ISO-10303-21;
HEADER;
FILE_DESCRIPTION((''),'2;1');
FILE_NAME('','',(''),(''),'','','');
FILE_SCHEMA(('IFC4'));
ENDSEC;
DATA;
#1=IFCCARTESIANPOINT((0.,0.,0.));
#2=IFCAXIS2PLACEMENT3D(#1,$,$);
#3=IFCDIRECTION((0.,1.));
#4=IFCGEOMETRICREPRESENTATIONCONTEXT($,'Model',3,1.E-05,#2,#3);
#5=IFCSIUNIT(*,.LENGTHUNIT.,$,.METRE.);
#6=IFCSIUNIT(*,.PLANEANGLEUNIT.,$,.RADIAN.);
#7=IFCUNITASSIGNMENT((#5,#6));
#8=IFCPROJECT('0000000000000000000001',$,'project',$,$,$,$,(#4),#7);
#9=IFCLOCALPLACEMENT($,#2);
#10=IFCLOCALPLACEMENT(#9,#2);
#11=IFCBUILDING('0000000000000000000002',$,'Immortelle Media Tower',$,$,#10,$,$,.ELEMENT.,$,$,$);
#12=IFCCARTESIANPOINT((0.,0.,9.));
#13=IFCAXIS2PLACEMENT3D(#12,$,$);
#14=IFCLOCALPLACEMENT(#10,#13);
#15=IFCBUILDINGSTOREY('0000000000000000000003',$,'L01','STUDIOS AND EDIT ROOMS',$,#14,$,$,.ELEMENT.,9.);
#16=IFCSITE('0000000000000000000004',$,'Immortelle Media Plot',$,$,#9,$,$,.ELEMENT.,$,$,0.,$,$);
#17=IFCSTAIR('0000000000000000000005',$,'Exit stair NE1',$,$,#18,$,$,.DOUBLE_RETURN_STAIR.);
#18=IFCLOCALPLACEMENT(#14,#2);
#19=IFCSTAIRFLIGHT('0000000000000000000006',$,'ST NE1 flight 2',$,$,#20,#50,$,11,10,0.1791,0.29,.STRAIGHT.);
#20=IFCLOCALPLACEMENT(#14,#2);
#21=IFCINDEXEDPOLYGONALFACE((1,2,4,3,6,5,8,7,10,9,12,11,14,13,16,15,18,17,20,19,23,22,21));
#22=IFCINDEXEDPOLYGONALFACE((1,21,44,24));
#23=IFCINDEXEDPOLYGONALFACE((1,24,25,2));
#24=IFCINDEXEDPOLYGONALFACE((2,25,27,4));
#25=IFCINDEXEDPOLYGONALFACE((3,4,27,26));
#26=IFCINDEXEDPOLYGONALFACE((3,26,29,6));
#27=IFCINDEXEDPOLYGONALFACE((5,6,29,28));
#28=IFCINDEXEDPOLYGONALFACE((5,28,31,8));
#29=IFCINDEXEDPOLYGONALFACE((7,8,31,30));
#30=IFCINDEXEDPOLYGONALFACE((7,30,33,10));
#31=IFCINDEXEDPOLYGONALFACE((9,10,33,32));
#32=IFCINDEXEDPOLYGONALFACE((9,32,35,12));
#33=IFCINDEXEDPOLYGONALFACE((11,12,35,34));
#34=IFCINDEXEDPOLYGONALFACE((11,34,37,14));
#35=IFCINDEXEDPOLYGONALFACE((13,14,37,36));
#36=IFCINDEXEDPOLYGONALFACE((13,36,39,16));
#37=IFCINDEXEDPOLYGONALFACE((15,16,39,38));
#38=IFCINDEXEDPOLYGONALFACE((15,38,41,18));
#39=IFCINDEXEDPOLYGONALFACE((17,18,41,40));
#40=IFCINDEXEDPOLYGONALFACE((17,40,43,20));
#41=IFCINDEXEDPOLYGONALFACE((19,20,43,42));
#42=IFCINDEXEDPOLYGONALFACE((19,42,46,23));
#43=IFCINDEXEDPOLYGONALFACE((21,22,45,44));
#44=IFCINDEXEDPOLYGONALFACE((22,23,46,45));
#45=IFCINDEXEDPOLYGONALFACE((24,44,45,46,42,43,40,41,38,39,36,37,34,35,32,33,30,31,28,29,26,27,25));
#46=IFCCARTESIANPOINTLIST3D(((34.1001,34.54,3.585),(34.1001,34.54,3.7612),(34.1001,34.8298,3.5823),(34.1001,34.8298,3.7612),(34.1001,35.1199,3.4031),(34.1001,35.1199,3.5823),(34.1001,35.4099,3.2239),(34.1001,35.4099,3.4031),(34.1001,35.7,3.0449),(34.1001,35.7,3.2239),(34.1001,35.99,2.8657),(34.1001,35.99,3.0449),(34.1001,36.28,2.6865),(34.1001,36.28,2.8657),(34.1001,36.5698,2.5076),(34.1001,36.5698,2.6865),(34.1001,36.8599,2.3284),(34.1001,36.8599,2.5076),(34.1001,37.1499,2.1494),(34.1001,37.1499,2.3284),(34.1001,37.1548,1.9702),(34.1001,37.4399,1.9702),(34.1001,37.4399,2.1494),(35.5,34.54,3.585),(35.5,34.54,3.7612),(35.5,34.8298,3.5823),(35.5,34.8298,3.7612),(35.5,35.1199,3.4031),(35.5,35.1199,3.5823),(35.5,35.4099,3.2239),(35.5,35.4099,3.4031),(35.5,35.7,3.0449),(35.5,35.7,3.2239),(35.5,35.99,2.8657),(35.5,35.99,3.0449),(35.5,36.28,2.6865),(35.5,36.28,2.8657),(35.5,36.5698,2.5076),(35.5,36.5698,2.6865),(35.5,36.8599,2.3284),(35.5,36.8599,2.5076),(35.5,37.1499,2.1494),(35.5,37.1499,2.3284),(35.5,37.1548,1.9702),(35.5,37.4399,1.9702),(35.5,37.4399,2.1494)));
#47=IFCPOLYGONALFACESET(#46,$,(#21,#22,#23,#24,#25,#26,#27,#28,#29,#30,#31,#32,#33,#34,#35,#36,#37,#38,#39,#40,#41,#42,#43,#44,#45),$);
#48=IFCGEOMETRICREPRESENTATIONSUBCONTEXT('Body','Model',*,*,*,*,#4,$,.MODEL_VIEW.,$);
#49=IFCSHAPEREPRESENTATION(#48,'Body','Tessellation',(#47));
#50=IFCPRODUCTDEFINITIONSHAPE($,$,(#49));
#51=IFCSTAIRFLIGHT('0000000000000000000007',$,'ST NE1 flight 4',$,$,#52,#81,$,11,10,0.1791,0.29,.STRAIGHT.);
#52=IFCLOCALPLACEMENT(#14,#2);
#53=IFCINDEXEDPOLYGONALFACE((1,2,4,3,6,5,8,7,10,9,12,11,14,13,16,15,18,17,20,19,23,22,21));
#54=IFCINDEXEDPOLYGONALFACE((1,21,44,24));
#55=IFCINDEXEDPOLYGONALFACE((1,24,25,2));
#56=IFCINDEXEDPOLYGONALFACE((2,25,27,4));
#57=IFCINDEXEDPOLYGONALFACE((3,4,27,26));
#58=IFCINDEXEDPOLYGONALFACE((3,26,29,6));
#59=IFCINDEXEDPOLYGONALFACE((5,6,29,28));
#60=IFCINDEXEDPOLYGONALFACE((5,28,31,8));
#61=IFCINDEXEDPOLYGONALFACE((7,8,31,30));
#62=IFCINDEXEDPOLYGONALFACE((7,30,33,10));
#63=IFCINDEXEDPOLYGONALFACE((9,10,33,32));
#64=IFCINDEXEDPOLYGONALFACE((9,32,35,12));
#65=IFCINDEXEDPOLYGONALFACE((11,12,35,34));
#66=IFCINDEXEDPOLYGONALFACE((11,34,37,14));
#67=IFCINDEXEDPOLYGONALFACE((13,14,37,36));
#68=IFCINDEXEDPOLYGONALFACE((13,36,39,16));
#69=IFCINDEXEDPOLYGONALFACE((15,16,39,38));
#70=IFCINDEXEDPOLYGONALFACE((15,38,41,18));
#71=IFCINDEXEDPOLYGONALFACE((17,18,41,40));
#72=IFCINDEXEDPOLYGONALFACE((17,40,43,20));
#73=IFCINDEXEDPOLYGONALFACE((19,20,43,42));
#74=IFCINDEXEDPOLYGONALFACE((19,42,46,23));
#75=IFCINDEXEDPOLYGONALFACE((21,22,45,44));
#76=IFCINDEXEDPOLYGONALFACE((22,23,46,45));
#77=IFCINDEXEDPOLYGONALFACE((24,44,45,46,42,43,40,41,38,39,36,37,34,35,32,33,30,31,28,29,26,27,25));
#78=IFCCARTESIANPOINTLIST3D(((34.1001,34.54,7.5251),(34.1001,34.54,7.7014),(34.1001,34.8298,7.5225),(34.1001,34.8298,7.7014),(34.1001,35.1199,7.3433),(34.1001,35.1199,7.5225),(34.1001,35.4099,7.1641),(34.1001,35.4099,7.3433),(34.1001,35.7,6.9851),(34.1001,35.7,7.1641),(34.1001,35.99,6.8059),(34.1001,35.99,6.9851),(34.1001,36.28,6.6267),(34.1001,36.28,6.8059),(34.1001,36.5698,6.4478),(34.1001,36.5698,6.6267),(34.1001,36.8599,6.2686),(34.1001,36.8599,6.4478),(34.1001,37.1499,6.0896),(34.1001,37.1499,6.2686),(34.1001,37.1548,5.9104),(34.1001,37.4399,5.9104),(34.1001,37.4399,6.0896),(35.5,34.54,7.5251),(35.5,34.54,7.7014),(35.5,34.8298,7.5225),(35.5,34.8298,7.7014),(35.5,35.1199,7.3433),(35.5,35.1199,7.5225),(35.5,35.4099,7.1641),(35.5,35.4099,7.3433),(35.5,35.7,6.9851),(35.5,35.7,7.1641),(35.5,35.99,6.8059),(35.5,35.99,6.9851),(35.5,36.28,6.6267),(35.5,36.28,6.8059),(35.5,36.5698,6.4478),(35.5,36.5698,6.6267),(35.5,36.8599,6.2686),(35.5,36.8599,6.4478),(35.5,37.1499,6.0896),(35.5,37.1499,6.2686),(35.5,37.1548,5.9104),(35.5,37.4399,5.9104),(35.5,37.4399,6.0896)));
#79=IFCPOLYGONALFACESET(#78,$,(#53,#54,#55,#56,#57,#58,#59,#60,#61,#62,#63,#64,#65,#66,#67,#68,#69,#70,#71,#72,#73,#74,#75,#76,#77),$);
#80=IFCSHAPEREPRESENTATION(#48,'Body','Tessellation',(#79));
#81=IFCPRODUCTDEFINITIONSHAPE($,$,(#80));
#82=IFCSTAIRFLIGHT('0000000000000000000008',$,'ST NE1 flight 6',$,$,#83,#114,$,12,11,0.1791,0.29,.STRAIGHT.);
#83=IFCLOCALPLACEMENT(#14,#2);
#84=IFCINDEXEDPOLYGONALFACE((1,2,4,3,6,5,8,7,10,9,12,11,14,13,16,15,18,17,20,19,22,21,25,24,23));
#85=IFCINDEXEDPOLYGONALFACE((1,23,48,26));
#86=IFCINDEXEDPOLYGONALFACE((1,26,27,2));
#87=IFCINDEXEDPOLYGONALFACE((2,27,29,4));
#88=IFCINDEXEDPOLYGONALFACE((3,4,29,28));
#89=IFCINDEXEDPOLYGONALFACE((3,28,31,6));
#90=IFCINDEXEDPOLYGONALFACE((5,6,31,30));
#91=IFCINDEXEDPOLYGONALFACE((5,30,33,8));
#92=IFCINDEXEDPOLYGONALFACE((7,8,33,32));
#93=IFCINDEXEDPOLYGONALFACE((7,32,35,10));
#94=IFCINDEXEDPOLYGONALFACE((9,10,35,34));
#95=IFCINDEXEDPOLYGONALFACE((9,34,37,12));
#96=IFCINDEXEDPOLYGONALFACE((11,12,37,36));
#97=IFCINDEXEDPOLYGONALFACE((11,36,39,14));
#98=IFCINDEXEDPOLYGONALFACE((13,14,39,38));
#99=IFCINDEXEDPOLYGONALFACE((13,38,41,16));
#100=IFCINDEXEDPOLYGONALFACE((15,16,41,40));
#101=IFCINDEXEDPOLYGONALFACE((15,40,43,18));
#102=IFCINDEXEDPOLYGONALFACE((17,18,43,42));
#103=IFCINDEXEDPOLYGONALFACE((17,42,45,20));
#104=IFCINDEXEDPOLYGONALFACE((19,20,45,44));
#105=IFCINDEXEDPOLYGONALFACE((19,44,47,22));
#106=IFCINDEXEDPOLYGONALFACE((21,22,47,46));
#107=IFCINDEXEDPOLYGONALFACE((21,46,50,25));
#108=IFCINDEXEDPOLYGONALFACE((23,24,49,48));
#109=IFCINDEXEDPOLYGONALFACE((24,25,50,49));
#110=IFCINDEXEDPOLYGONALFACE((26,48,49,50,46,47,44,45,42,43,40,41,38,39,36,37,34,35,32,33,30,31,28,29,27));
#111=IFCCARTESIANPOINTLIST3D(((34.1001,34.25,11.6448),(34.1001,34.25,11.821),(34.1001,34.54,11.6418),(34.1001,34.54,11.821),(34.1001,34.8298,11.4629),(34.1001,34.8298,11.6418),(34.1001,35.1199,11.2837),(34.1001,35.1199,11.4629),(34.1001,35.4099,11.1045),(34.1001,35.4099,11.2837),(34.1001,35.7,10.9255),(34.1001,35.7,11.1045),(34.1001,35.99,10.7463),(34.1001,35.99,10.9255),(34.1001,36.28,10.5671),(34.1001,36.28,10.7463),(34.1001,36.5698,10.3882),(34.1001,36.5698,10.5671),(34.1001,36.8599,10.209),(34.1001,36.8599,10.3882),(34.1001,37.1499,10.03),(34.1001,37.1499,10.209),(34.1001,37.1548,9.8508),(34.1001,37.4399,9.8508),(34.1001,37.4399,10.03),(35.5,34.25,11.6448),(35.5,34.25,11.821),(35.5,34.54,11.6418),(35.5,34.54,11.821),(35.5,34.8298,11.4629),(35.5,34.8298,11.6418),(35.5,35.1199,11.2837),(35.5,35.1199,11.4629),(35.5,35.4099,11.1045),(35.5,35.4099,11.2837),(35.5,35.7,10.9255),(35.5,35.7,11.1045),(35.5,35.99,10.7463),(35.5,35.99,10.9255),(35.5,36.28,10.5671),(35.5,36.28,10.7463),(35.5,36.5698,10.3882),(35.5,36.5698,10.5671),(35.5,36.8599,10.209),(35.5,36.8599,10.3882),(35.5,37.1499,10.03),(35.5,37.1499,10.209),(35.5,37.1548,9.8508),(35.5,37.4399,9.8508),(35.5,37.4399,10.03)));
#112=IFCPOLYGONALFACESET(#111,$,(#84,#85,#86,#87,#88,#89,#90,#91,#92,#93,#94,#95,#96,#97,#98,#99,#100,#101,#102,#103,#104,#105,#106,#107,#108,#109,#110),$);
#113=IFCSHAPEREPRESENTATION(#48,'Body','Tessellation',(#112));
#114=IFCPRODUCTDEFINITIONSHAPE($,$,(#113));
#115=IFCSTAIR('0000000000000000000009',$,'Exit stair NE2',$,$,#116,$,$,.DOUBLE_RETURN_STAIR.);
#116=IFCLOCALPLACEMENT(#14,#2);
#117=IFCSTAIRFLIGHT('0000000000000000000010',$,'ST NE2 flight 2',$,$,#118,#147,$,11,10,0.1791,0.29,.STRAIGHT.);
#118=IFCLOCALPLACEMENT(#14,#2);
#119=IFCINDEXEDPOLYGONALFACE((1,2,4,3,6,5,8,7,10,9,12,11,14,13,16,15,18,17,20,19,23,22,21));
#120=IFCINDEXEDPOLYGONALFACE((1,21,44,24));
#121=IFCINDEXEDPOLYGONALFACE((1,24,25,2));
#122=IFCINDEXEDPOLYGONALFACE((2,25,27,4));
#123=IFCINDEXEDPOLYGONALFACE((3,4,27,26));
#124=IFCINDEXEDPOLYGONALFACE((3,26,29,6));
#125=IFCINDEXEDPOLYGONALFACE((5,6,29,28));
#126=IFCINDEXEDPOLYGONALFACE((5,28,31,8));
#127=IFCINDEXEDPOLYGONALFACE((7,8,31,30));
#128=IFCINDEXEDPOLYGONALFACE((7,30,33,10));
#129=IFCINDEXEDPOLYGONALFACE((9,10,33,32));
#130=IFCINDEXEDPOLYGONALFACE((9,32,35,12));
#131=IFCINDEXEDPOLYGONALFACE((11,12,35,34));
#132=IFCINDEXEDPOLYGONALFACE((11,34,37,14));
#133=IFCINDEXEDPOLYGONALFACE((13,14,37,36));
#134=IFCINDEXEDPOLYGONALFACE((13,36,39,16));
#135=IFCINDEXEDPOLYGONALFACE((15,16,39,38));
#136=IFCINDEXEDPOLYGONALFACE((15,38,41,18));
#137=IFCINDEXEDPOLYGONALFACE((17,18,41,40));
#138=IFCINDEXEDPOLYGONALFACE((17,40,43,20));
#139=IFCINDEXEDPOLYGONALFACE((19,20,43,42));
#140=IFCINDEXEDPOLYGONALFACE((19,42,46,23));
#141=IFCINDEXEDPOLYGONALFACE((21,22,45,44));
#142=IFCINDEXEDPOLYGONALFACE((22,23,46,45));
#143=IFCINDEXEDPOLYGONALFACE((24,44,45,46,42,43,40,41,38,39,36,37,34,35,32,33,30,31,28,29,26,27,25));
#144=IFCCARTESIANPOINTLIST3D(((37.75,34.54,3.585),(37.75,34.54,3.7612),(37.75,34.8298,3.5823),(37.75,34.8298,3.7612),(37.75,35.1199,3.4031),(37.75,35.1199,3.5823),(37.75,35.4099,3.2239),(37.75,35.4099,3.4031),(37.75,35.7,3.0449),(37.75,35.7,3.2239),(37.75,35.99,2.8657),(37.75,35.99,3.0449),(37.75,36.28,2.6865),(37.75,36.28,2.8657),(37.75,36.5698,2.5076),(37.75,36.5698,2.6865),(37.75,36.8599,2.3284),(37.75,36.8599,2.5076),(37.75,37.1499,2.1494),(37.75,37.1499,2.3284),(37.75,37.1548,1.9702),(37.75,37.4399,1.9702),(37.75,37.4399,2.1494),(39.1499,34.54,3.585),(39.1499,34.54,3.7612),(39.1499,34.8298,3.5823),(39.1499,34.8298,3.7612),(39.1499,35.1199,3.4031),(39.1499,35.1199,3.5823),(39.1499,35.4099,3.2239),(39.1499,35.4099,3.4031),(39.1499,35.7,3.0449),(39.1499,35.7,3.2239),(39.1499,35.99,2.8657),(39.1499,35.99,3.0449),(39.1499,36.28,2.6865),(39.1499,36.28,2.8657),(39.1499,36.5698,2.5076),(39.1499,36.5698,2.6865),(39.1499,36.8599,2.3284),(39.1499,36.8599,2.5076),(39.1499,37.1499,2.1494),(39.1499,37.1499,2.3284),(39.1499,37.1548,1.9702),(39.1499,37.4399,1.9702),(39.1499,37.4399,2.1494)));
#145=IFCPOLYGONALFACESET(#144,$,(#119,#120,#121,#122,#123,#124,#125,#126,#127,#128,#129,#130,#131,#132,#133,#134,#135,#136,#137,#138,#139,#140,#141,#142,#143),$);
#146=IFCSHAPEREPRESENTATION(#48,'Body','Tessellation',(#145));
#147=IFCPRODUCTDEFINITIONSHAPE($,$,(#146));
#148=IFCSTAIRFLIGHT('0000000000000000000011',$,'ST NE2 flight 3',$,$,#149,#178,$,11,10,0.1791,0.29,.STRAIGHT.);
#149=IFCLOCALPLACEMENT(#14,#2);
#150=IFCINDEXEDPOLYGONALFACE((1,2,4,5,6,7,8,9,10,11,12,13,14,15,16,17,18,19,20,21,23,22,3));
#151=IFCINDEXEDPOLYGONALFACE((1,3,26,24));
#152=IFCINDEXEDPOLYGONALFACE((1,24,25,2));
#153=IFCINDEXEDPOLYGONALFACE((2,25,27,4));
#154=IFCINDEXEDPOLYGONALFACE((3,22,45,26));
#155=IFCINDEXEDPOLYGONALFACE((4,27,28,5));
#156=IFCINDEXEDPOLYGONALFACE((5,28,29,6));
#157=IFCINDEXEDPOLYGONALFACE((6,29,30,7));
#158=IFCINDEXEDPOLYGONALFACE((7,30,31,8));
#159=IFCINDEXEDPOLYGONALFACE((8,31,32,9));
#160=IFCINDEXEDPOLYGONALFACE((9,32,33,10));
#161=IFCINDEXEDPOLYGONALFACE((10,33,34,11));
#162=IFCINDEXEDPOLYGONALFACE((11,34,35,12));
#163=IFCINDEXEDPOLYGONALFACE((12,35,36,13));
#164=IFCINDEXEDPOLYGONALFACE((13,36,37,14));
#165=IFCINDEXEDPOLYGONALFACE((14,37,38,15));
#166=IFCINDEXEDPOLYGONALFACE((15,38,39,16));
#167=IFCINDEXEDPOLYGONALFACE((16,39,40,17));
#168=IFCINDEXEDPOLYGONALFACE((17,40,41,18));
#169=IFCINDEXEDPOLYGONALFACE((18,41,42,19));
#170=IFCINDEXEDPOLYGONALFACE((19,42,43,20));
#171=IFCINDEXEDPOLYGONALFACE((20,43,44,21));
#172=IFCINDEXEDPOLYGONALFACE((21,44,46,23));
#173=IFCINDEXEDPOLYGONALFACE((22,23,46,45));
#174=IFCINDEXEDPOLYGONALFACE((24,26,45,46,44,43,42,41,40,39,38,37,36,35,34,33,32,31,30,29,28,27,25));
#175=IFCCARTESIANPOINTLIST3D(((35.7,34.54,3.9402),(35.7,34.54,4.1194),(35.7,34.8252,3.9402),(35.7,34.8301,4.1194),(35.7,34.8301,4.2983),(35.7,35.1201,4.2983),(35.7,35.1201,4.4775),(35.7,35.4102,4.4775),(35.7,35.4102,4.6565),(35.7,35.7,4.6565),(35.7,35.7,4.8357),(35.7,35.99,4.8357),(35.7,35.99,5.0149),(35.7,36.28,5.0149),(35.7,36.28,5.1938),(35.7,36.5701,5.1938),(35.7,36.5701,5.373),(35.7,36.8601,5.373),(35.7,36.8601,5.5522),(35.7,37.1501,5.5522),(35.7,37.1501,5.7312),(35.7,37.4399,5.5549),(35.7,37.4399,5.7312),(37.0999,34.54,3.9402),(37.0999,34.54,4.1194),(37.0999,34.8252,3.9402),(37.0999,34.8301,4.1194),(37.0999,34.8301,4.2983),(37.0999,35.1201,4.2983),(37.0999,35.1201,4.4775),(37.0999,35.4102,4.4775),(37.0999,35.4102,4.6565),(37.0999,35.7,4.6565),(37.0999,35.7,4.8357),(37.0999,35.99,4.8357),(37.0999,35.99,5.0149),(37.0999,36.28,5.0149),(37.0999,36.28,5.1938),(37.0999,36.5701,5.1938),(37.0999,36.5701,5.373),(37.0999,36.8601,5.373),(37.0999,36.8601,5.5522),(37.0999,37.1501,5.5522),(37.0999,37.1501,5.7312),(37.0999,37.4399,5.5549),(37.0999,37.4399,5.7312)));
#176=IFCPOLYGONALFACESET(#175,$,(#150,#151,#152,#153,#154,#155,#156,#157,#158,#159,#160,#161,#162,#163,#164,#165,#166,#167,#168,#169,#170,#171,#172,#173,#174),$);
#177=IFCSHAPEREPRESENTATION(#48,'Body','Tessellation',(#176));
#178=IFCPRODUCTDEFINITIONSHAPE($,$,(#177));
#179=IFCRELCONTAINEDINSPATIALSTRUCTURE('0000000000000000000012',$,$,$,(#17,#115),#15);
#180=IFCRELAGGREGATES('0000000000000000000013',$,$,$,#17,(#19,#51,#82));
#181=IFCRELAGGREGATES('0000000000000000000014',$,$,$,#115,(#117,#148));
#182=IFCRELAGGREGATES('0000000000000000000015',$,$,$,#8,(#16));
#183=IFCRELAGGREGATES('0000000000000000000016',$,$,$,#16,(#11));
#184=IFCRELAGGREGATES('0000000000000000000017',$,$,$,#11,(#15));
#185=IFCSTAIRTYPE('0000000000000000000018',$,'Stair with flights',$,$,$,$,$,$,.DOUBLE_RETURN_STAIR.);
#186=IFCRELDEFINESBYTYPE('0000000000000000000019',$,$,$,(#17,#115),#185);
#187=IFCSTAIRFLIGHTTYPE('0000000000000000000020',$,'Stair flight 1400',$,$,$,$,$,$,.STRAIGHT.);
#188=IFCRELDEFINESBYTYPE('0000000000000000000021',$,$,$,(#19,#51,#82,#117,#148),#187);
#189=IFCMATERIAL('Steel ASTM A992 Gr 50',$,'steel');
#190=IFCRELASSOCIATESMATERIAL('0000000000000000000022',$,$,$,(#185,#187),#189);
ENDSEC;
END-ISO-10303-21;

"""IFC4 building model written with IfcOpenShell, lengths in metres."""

from ifc_helpers import new_model, si_unit, direction, frame, origin, place, context, subcontext, project, spatial, polyline, outline, extrude, material, type_object, element, aggregate, save


model = new_model("IFC4")

# Units and contexts
model_context = context("Model", 3, precision=1e-05, world=origin(), true_north=direction((0.0, 1.0)))
body_context = subcontext(model_context, "Body", "Model", "MODEL_VIEW")
ifc_project = project(units=[si_unit("LENGTHUNIT", "METRE"), si_unit("PLANEANGLEUNIT", "RADIAN")], contexts=[model_context])

# Site, building, storey
site_placement = place(None, origin())
site = spatial("IfcSite", under=ifc_project, at=site_placement, Name="Immortelle Media Plot", CompositionType="ELEMENT", RefElevation=0.0)
building_placement = place(site_placement, origin())
building = spatial("IfcBuilding", under=site, at=building_placement, Name="Immortelle Media Tower", CompositionType="ELEMENT")
storey_placement = place(building_placement, frame((0.0, 0.0, 9.0)))
storey = spatial("IfcBuildingStorey", under=building, at=storey_placement, Name="L01", Description="STUDIOS AND EDIT ROOMS", CompositionType="ELEMENT", Elevation=9.0)

# Shared definitions
ifc_material_1 = material(Name="Steel ASTM A992 Gr 50", Category="steel")

# Stairs, stair flights
stair_type = type_object("IfcStairType", Name="Stair with flights", PredefinedType="DOUBLE_RETURN_STAIR", material=ifc_material_1)
stair_1_placement = place(storey_placement, origin())
stair_1 = element("IfcStair", 1, at=stair_1_placement, inside=storey, type_object=stair_type, Name="Exit stair NE1", PredefinedType="DOUBLE_RETURN_STAIR")
stair_flight_type = type_object("IfcStairFlightType", Name="Stair flight 1400", PredefinedType="STRAIGHT", material=ifc_material_1)
stair_flight_1_placement = place(storey_placement, frame((34.8, 37.4399, 1.9702), z_axis=(0.0, 0.0, 1.0), x_axis=(0.0, -1.0, 0.0)))
stair_flight_1 = element("IfcStairFlight", 2, at=stair_flight_1_placement, type_object=stair_flight_type, Name="ST NE1 flight 2", NumberOfRisers=11, NumberOfTreads=10, PredefinedType="STRAIGHT", RiserHeight=0.1791, TreadLength=0.29, context=body_context, shape_type="SweptSolid", body=[
    extrude(outline(polyline([(0.0, 0.0), (0.0, 0.1792), (0.29, 0.1792), (0.29, 0.3582), (0.5801, 0.3582), (0.5801, 0.5374), (0.8701, 0.5374), (0.8701, 0.7163), (1.1599, 0.7163), (1.1599, 0.8955), (1.45, 0.8955), (1.45, 1.0747), (1.74, 1.0747), (1.74, 1.2537), (2.03, 1.2537), (2.03, 1.4329), (2.3201, 1.4329), (2.3201, 1.6121), (2.6101, 1.6121), (2.6101, 1.791), (2.8999, 1.791), (2.8999, 1.9702), (2.8999, 1.6147), (0.2852, 0.0), (0.0, 0.0)])), frame((0.0, 0.7, 0.0), z_axis=(0.0, -1.0, 0.0), x_axis=(1.0, 0.0, 0.0)), (0.0, 0.0, 1.0), 1.3999),
])
stair_flight_2_placement = place(storey_placement, frame((34.8, 37.4399, 5.9104), z_axis=(0.0, 0.0, 1.0), x_axis=(0.0, -1.0, 0.0)))
stair_flight_2 = element("IfcStairFlight", 3, at=stair_flight_2_placement, type_object=stair_flight_type, Name="ST NE1 flight 4", NumberOfRisers=11, NumberOfTreads=10, PredefinedType="STRAIGHT", RiserHeight=0.1791, TreadLength=0.29, context=body_context, shape_type="SweptSolid", body=[
    extrude(outline(polyline([(0.0, 0.0), (0.0, 0.1792), (0.29, 0.1792), (0.29, 0.3582), (0.5801, 0.3582), (0.5801, 0.5374), (0.8701, 0.5374), (0.8701, 0.7163), (1.1599, 0.7163), (1.1599, 0.8955), (1.45, 0.8955), (1.45, 1.0747), (1.74, 1.0747), (1.74, 1.2537), (2.03, 1.2537), (2.03, 1.4329), (2.3201, 1.4329), (2.3201, 1.6121), (2.6101, 1.6121), (2.6101, 1.791), (2.8999, 1.791), (2.8999, 1.9702), (2.8999, 1.6147), (0.2852, 0.0), (0.0, 0.0)])), frame((0.0, 0.7, 0.0), z_axis=(0.0, -1.0, 0.0), x_axis=(1.0, 0.0, 0.0)), (0.0, 0.0, 1.0), 1.3999),
])
stair_flight_3_placement = place(storey_placement, frame((34.8, 37.4399, 9.8508), z_axis=(0.0, 0.0, 1.0), x_axis=(0.0, -1.0, 0.0)))
stair_flight_3 = element("IfcStairFlight", 4, at=stair_flight_3_placement, type_object=stair_flight_type, Name="ST NE1 flight 6", NumberOfRisers=12, NumberOfTreads=11, PredefinedType="STRAIGHT", RiserHeight=0.1791, TreadLength=0.29, context=body_context, shape_type="SweptSolid", body=[
    extrude(outline(polyline([(0.0, 0.0), (0.0, 0.1792), (0.29, 0.1792), (0.29, 0.3582), (0.5801, 0.3582), (0.5801, 0.5374), (0.8701, 0.5374), (0.8701, 0.7163), (1.1599, 0.7163), (1.1599, 0.8955), (1.45, 0.8955), (1.45, 1.0747), (1.74, 1.0747), (1.74, 1.2537), (2.03, 1.2537), (2.03, 1.4329), (2.3201, 1.4329), (2.3201, 1.6121), (2.6101, 1.6121), (2.6101, 1.791), (2.8999, 1.791), (2.8999, 1.9702), (3.1899, 1.9702), (3.1899, 2.1492), (3.1899, 1.7939), (0.2852, 0.0), (0.0, 0.0)])), frame((0.0, 0.7, 0.0), z_axis=(0.0, -1.0, 0.0), x_axis=(1.0, 0.0, 0.0)), (0.0, 0.0, 1.0), 1.3999),
])
aggregate(stair_1, [stair_flight_1, stair_flight_2, stair_flight_3])
stair_2_placement = place(storey_placement, origin())
stair_2 = element("IfcStair", 5, at=stair_2_placement, inside=storey, type_object=stair_type, Name="Exit stair NE2", PredefinedType="DOUBLE_RETURN_STAIR")
stair_flight_4_placement = place(storey_placement, frame((38.45, 37.4399, 1.9702), z_axis=(0.0, 0.0, 1.0), x_axis=(0.0, -1.0, 0.0)))
stair_flight_4 = element("IfcStairFlight", 6, at=stair_flight_4_placement, type_object=stair_flight_type, Name="ST NE2 flight 2", NumberOfRisers=11, NumberOfTreads=10, PredefinedType="STRAIGHT", RiserHeight=0.1791, TreadLength=0.29, context=body_context, shape_type="SweptSolid", body=[
    extrude(outline(polyline([(0.0, 0.0), (0.0, 0.1792), (0.29, 0.1792), (0.29, 0.3582), (0.5801, 0.3582), (0.5801, 0.5374), (0.8701, 0.5374), (0.8701, 0.7163), (1.1599, 0.7163), (1.1599, 0.8955), (1.45, 0.8955), (1.45, 1.0747), (1.74, 1.0747), (1.74, 1.2537), (2.03, 1.2537), (2.03, 1.4329), (2.3201, 1.4329), (2.3201, 1.6121), (2.6101, 1.6121), (2.6101, 1.791), (2.8999, 1.791), (2.8999, 1.9702), (2.8999, 1.6147), (0.2852, 0.0), (0.0, 0.0)])), frame((0.0, 0.7, 0.0), z_axis=(0.0, -1.0, 0.0), x_axis=(1.0, 0.0, 0.0)), (0.0, 0.0, 1.0), 1.3999),
])
stair_flight_5_placement = place(storey_placement, frame((36.3999, 34.54, 3.9402), z_axis=(0.0, 0.0, 1.0), x_axis=(0.0, 1.0, 0.0)))
stair_flight_5 = element("IfcStairFlight", 7, at=stair_flight_5_placement, type_object=stair_flight_type, Name="ST NE2 flight 3", NumberOfRisers=11, NumberOfTreads=10, PredefinedType="STRAIGHT", RiserHeight=0.1791, TreadLength=0.29, context=body_context, shape_type="SweptSolid", body=[
    extrude(outline(polyline([(0.0, 0.0), (0.0, 0.1792), (0.29, 0.1792), (0.29, 0.3582), (0.5801, 0.3582), (0.5801, 0.5374), (0.8701, 0.5374), (0.8701, 0.7163), (1.1599, 0.7163), (1.1599, 0.8955), (1.45, 0.8955), (1.45, 1.0747), (1.74, 1.0747), (1.74, 1.2537), (2.03, 1.2537), (2.03, 1.4329), (2.3201, 1.4329), (2.3201, 1.6121), (2.6101, 1.6121), (2.6101, 1.791), (2.8999, 1.791), (2.8999, 1.9702), (2.8999, 1.6147), (0.2852, 0.0), (0.0, 0.0)])), frame((0.0, 0.7, 0.0), z_axis=(0.0, -1.0, 0.0), x_axis=(1.0, 0.0, 0.0)), (0.0, 0.0, 1.0), 1.3999),
])
aggregate(stair_2, [stair_flight_4, stair_flight_5])

save(model, "model.ifc")
